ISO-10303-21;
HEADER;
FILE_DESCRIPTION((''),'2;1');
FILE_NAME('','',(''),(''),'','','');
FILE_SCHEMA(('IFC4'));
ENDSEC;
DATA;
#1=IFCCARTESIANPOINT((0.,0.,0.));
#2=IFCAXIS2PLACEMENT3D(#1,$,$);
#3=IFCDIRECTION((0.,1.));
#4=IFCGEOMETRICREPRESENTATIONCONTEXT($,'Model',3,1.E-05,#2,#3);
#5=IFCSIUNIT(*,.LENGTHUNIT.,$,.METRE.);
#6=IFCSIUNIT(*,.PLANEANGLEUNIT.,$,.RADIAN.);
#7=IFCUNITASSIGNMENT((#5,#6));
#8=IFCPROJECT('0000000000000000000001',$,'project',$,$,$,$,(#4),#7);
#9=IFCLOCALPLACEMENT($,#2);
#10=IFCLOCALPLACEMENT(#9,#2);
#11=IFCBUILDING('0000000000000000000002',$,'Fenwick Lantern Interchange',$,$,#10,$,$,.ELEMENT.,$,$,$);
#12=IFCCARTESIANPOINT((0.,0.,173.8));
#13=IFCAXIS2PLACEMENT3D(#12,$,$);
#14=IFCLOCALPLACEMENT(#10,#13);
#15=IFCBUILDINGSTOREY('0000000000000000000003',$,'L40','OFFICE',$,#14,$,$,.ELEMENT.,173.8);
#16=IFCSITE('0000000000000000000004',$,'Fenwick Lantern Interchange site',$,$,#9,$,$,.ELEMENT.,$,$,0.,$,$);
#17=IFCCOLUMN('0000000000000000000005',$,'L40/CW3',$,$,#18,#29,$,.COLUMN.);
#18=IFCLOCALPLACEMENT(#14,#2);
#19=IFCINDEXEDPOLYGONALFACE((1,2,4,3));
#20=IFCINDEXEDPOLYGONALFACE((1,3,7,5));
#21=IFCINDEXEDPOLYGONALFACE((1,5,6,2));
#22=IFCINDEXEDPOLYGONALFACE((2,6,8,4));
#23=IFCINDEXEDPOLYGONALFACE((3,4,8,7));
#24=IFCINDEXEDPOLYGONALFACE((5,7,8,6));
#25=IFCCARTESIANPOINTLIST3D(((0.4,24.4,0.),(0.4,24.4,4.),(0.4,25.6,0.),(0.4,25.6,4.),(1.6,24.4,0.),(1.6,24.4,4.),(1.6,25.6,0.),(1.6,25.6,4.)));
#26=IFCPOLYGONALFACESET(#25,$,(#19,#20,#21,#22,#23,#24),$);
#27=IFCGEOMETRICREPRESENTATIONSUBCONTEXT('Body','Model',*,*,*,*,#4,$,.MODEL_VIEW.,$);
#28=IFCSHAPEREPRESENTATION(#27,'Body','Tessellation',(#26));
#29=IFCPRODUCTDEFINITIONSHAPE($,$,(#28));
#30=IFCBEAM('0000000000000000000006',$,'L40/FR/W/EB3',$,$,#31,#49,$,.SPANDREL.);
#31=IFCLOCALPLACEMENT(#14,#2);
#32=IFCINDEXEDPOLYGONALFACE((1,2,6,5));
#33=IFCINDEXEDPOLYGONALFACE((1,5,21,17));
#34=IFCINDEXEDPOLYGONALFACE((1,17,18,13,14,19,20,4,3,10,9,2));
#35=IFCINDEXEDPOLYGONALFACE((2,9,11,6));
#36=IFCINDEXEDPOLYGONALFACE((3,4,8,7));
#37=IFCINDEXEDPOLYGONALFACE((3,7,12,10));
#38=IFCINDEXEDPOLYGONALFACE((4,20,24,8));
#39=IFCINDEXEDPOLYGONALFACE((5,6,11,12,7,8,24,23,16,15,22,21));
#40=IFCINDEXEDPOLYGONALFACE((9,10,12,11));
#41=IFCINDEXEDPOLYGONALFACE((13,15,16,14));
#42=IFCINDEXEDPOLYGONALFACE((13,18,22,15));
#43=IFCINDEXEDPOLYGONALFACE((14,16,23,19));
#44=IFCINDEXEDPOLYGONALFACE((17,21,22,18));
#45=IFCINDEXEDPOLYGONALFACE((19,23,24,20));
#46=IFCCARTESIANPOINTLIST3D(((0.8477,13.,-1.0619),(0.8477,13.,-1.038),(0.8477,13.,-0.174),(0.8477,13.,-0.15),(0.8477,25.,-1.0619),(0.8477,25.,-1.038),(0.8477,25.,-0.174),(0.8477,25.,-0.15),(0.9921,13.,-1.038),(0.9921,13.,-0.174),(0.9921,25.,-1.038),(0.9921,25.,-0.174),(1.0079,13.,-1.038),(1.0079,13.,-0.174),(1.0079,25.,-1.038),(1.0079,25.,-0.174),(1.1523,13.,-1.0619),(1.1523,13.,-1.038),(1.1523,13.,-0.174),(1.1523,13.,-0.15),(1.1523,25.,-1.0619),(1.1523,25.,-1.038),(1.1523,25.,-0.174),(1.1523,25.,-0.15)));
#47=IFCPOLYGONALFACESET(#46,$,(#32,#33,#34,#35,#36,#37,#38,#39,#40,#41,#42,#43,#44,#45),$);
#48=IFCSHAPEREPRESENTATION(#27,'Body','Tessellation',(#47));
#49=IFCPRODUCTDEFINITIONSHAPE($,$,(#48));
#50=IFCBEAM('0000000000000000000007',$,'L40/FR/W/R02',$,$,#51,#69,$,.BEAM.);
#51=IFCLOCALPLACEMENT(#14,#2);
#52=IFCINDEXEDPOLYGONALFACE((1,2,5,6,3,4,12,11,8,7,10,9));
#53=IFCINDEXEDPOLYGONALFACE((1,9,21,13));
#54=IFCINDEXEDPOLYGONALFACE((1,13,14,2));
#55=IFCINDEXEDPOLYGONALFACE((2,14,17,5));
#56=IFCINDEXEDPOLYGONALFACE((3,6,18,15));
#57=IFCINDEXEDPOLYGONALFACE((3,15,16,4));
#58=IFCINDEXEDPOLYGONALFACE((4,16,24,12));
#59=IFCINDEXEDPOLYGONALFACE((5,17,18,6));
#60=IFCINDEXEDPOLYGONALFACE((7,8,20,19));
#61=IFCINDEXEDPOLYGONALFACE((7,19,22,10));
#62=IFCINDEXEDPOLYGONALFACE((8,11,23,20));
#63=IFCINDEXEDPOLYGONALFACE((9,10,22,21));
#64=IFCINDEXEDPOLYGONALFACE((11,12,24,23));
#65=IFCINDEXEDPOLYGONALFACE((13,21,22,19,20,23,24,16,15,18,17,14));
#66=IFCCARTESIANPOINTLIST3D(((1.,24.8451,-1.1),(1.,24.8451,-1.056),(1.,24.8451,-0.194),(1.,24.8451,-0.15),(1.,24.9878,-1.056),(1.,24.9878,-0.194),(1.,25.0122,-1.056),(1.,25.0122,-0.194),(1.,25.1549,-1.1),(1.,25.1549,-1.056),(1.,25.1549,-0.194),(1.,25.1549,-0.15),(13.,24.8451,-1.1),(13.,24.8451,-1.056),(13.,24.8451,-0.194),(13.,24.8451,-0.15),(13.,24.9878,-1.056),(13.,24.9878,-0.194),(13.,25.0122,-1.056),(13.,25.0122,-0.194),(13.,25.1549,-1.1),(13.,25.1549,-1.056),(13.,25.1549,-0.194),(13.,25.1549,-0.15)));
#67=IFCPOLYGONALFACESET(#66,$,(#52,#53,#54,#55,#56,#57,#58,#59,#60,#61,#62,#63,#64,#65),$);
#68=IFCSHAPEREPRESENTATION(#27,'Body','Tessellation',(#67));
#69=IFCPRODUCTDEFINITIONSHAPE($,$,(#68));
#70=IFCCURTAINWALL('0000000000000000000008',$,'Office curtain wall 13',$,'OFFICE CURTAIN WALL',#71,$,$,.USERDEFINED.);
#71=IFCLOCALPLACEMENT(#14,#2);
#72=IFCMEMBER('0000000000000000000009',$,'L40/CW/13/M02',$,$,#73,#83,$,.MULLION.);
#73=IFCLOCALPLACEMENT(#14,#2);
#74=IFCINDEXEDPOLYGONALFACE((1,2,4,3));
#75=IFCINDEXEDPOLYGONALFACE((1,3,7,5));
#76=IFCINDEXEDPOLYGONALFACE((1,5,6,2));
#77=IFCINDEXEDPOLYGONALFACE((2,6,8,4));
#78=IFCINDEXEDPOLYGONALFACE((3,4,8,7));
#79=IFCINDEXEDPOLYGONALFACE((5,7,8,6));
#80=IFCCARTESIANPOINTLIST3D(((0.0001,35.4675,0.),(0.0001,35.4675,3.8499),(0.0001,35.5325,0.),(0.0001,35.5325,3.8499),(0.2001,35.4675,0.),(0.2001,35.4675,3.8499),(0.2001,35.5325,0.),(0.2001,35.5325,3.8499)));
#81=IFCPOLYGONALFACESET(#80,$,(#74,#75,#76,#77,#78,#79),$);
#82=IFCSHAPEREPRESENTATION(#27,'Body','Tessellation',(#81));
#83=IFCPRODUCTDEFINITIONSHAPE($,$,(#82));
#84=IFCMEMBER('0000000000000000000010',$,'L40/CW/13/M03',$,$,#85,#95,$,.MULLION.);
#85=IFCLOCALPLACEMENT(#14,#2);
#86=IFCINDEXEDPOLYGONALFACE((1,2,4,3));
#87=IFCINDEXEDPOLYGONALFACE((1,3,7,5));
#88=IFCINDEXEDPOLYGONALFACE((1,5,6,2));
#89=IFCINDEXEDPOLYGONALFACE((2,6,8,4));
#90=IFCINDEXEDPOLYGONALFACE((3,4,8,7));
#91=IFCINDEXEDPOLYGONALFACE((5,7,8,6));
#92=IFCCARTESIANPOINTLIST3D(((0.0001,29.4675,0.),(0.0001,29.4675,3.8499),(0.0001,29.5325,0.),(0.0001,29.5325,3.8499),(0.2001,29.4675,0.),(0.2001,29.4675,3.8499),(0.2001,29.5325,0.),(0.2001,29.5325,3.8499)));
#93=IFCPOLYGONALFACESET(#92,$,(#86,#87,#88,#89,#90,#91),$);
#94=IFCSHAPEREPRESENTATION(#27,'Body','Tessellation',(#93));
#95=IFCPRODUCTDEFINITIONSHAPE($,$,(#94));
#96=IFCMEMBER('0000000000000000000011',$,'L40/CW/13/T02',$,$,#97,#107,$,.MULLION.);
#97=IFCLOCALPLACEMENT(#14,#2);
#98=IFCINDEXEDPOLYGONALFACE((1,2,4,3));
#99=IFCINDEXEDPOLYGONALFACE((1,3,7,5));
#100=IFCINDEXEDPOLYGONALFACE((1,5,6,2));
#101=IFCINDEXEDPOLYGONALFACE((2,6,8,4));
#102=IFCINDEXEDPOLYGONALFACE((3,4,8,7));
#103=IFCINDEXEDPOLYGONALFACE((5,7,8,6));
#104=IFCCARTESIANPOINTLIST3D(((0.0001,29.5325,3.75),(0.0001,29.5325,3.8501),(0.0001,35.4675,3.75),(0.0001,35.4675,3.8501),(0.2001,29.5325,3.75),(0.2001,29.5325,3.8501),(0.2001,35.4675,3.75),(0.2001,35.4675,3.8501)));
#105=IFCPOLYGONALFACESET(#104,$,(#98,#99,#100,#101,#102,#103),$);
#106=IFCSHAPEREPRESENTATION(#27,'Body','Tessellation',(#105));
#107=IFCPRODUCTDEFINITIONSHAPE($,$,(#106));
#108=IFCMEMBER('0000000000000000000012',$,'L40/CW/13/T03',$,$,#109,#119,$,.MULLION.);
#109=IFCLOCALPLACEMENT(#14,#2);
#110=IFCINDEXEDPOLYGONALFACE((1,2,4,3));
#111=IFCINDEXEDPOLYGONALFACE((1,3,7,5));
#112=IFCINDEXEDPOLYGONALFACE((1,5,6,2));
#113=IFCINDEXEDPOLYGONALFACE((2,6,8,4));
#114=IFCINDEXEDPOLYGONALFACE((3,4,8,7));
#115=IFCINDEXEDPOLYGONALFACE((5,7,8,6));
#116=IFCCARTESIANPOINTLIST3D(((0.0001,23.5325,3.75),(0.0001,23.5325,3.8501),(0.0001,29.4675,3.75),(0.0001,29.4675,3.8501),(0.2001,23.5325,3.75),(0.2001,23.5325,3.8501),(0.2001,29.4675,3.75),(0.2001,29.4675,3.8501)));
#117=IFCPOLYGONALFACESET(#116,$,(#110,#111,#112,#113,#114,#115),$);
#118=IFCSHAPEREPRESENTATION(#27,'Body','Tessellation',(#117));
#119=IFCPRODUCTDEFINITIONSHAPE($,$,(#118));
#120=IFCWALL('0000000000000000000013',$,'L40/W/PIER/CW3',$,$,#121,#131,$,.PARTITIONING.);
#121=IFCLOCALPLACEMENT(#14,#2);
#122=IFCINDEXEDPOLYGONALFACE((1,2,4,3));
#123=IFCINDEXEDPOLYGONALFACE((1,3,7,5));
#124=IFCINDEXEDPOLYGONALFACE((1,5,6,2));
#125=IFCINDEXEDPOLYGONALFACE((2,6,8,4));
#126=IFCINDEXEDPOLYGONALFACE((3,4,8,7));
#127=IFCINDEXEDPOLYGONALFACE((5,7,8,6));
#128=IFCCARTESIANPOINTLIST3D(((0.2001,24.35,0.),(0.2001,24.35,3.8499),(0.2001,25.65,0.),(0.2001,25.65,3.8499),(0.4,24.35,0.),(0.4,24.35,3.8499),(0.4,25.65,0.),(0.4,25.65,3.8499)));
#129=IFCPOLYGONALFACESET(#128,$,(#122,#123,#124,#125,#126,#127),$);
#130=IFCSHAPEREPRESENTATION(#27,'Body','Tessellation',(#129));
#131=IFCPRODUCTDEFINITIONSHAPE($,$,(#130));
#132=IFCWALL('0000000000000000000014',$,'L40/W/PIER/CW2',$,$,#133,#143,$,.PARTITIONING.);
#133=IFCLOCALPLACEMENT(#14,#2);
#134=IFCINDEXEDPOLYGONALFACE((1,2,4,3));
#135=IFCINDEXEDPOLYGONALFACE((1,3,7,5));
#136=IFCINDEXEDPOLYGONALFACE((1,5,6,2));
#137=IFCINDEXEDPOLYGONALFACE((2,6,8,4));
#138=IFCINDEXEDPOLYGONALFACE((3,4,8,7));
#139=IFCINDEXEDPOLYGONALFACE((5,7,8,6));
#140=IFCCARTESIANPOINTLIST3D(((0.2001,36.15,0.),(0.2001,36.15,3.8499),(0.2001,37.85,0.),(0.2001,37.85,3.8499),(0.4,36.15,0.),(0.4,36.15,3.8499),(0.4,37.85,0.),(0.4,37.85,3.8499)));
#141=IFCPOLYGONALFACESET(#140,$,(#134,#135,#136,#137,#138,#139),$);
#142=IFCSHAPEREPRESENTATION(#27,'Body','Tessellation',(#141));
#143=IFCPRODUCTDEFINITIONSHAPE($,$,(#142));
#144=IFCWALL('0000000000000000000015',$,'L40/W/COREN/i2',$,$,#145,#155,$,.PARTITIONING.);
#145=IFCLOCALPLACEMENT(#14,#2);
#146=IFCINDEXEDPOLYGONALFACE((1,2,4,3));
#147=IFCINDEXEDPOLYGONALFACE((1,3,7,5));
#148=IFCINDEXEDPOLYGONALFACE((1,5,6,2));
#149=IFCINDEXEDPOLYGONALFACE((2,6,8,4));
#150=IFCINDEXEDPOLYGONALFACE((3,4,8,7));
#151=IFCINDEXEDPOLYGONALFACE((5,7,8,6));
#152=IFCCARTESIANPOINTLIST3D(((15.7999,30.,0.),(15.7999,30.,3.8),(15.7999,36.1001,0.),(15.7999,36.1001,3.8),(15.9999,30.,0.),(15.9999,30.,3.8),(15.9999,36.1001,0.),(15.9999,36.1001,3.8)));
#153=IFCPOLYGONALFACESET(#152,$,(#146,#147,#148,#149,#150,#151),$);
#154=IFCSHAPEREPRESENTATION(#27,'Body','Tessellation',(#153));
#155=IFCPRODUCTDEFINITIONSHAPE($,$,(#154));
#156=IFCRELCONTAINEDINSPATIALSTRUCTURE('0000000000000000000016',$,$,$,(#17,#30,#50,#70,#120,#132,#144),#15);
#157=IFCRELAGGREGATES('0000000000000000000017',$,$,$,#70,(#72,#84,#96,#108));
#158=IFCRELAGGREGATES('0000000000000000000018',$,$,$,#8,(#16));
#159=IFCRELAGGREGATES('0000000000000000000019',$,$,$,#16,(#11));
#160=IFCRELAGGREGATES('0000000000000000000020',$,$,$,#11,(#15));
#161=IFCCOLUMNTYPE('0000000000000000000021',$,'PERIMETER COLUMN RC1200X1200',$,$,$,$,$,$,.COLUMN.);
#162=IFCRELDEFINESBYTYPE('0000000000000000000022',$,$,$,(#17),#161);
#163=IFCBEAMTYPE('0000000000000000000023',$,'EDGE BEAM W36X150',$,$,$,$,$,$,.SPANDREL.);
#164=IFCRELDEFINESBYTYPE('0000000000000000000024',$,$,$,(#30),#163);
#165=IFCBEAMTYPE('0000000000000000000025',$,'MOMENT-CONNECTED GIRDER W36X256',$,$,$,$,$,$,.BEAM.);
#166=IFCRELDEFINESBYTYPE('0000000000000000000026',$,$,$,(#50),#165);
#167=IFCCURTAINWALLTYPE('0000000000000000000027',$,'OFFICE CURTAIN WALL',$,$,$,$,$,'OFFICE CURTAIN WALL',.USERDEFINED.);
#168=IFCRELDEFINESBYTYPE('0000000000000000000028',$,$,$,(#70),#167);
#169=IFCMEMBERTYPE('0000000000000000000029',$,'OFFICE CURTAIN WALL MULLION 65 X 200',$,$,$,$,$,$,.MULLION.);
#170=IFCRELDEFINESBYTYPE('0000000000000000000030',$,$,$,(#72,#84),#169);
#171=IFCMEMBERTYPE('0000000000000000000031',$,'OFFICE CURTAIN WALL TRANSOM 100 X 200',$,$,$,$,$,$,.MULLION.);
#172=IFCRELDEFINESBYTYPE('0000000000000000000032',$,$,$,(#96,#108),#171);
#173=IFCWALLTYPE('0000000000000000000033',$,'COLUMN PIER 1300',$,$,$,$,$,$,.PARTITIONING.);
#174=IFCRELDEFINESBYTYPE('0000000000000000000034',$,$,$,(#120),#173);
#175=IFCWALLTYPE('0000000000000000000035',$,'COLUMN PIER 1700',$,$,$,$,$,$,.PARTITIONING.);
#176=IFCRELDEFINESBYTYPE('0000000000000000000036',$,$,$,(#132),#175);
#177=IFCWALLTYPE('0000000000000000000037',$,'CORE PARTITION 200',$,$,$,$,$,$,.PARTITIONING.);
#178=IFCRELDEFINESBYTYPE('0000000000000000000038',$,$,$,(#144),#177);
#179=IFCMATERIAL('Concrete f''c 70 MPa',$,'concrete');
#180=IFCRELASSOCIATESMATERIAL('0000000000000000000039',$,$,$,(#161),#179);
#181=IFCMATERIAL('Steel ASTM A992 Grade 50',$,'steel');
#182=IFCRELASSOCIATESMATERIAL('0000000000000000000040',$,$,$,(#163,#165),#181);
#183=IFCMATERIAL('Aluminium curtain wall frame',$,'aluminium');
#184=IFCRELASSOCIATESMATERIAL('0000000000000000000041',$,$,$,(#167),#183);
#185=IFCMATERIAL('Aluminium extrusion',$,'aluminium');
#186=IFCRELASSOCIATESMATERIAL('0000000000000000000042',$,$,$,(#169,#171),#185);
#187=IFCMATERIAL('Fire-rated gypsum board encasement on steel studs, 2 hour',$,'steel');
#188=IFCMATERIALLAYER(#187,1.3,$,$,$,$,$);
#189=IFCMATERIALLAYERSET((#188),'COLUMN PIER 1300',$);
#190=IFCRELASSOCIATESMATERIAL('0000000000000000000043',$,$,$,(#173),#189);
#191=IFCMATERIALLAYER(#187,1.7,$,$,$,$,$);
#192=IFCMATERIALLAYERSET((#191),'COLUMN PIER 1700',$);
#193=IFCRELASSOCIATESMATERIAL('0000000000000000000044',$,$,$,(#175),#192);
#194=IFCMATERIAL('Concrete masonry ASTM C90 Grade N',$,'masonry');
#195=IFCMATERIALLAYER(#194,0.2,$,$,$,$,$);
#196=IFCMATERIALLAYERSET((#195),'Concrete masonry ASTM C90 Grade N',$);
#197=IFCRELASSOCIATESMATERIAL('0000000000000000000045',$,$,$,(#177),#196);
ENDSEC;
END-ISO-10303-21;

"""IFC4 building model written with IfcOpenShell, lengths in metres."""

from ifc_helpers import new_model, si_unit, direction, frame, frame_2d, origin, origin_2d, place, context, subcontext, project, spatial, rectangle, i_section, extrude, material, layer, layer_set, material_profile, profile_set, type_object, element, aggregate, save


model = new_model("IFC4")

# Units and contexts
model_context = context("Model", 3, precision=1e-05, world=origin(), true_north=direction((0.0, 1.0)))
body_context = subcontext(model_context, "Body", "Model", "MODEL_VIEW")
ifc_project = project(units=[si_unit("LENGTHUNIT", "METRE"), si_unit("PLANEANGLEUNIT", "RADIAN")], contexts=[model_context])

# Site, building, storey
site_placement = place(None, origin())
site = spatial("IfcSite", under=ifc_project, at=site_placement, Name="Fenwick Lantern Interchange site", CompositionType="ELEMENT", RefElevation=0.0)
building_placement = place(site_placement, origin())
building = spatial("IfcBuilding", under=site, at=building_placement, Name="Fenwick Lantern Interchange", CompositionType="ELEMENT")
storey_placement = place(building_placement, frame((0.0, 0.0, 173.8)))
storey = spatial("IfcBuildingStorey", under=building, at=storey_placement, Name="L40", Description="OFFICE", CompositionType="ELEMENT", Elevation=173.8)

# Column
ifc_material_1 = material(Name="Concrete f'c 70 MPa", Category="concrete")
ifc_material_profile_1 = material_profile(ifc_material_1, rectangle(XDim=1.2, YDim=1.2, at=origin_2d()), Name="RC1200X1200")
ifc_profile_set_1 = profile_set([ifc_material_profile_1], Name="Concrete f'c 70 MPa")
column_type = type_object("IfcColumnType", Name="PERIMETER COLUMN RC1200X1200", PredefinedType="COLUMN", material=ifc_profile_set_1)
column_placement = place(storey_placement, frame((1.0, 25.0, 0.0), z_axis=(0.0, 0.0, 1.0), x_axis=(1.0, 0.0, 0.0)))
element("IfcColumn", 1, at=column_placement, inside=storey, type_object=column_type, Name="L40/CW3", PredefinedType="COLUMN", context=body_context, shape_type="SweptSolid", body=[
    extrude(rectangle(XDim=1.2, YDim=1.2, at=origin_2d()), origin(), (0.0, 0.0, 1.0), 4.0),
])

# Beams
ifc_material_2 = material(Name="Steel ASTM A992 Grade 50", Category="steel")
ifc_material_profile_2 = material_profile(ifc_material_2, i_section(OverallWidth=0.3047, OverallDepth=0.9119, WebThickness=0.0159, FlangeThickness=0.0239, at=origin_2d()), Name="W36X150")
ifc_profile_set_2 = profile_set([ifc_material_profile_2], Name="Steel ASTM A992 Grade 50")
beam_type_1 = type_object("IfcBeamType", Name="EDGE BEAM W36X150", PredefinedType="SPANDREL", material=ifc_profile_set_2)
beam_1_placement = place(storey_placement, frame((1.0, 25.0, -0.606), z_axis=(0.0, -1.0, 0.0), x_axis=(1.0, 0.0, 0.0)))
element("IfcBeam", 2, at=beam_1_placement, inside=storey, type_object=beam_type_1, Name="L40/FR/W/EB3", PredefinedType="SPANDREL", context=body_context, shape_type="SweptSolid", body=[
    extrude(i_section(OverallWidth=0.3047, OverallDepth=0.9119, WebThickness=0.0159, FlangeThickness=0.0239, at=origin_2d()), origin(), (0.0, 0.0, 1.0), 12.0),
])
ifc_material_profile_3 = material_profile(ifc_material_2, i_section(OverallWidth=0.3098, OverallDepth=0.95, WebThickness=0.0244, FlangeThickness=0.0439, at=origin_2d()), Name="W36X256")
ifc_profile_set_3 = profile_set([ifc_material_profile_3], Name="Steel ASTM A992 Grade 50")
beam_type_2 = type_object("IfcBeamType", Name="MOMENT-CONNECTED GIRDER W36X256", PredefinedType="BEAM", material=ifc_profile_set_3)
beam_2_placement = place(storey_placement, frame((1.0, 25.0, -0.625), z_axis=(1.0, 0.0, 0.0), x_axis=(0.0, 1.0, 0.0)))
element("IfcBeam", 3, at=beam_2_placement, inside=storey, type_object=beam_type_2, Name="L40/FR/W/R02", PredefinedType="BEAM", context=body_context, shape_type="SweptSolid", body=[
    extrude(i_section(OverallWidth=0.3098, OverallDepth=0.95, WebThickness=0.0244, FlangeThickness=0.0439, at=origin_2d()), origin(), (0.0, 0.0, 1.0), 12.0),
])

# Curtain wall, members
ifc_material_3 = material(Name="Aluminium curtain wall frame", Category="aluminium")
curtain_wall_type = type_object("IfcCurtainWallType", Name="OFFICE CURTAIN WALL", ElementType="OFFICE CURTAIN WALL", PredefinedType="USERDEFINED", material=ifc_material_3)
curtain_wall_placement = place(storey_placement, origin())
curtain_wall = element("IfcCurtainWall", 4, at=curtain_wall_placement, inside=storey, type_object=curtain_wall_type, Name="Office curtain wall 13", ObjectType="OFFICE CURTAIN WALL", PredefinedType="USERDEFINED")
ifc_material_4 = material(Name="Aluminium extrusion", Category="aluminium")
ifc_material_profile_4 = material_profile(ifc_material_4, rectangle(XDim=0.2, YDim=0.0649, at=origin_2d()), Name="OFFICE CURTAIN WALL MULLION 65 X 200")
ifc_profile_set_4 = profile_set([ifc_material_profile_4], Name="Aluminium extrusion")
member_type_1 = type_object("IfcMemberType", Name="OFFICE CURTAIN WALL MULLION 65 X 200", PredefinedType="MULLION", material=ifc_profile_set_4)
member_1_placement = place(storey_placement, frame((0.1001, 35.5, 0.0), z_axis=(0.0, 0.0, 1.0), x_axis=(1.0, 0.0, 0.0)))
member_1 = element("IfcMember", 5, at=member_1_placement, type_object=member_type_1, Name="L40/CW/13/M02", PredefinedType="MULLION", context=body_context, shape_type="SweptSolid", body=[
    extrude(rectangle(XDim=0.2, YDim=0.0649, at=origin_2d()), origin(), (0.0, 0.0, 1.0), 3.8499),
])
member_2_placement = place(storey_placement, frame((0.1001, 29.5, 0.0), z_axis=(0.0, 0.0, 1.0), x_axis=(1.0, 0.0, 0.0)))
member_2 = element("IfcMember", 6, at=member_2_placement, type_object=member_type_1, Name="L40/CW/13/M03", PredefinedType="MULLION", context=body_context, shape_type="SweptSolid", body=[
    extrude(rectangle(XDim=0.2, YDim=0.0649, at=origin_2d()), origin(), (0.0, 0.0, 1.0), 3.8499),
])
ifc_material_profile_5 = material_profile(ifc_material_4, rectangle(XDim=0.2, YDim=0.1001, at=origin_2d()), Name="OFFICE CURTAIN WALL TRANSOM 100 X 200")
ifc_profile_set_5 = profile_set([ifc_material_profile_5], Name="Aluminium extrusion")
member_type_2 = type_object("IfcMemberType", Name="OFFICE CURTAIN WALL TRANSOM 100 X 200", PredefinedType="MULLION", material=ifc_profile_set_5)
member_3_placement = place(storey_placement, frame((0.1001, 35.4675, 3.8), z_axis=(0.0, -1.0, 0.0), x_axis=(1.0, 0.0, 0.0)))
member_3 = element("IfcMember", 7, at=member_3_placement, type_object=member_type_2, Name="L40/CW/13/T02", PredefinedType="MULLION", context=body_context, shape_type="SweptSolid", body=[
    extrude(rectangle(XDim=0.2, YDim=0.1001, at=origin_2d()), origin(), (0.0, 0.0, 1.0), 5.9351),
])
member_4_placement = place(storey_placement, frame((0.1001, 29.4675, 3.8), z_axis=(0.0, -1.0, 0.0), x_axis=(1.0, 0.0, 0.0)))
member_4 = element("IfcMember", 8, at=member_4_placement, type_object=member_type_2, Name="L40/CW/13/T03", PredefinedType="MULLION", context=body_context, shape_type="SweptSolid", body=[
    extrude(rectangle(XDim=0.2, YDim=0.1001, at=origin_2d()), origin(), (0.0, 0.0, 1.0), 5.9351),
])
aggregate(curtain_wall, [member_1, member_2, member_3, member_4])

# Walls
ifc_material_5 = material(Name="Fire-rated gypsum board encasement on steel studs, 2 hour", Category="steel")
ifc_layer_1 = layer(ifc_material_5, 1.3)
ifc_layer_set_1 = layer_set([ifc_layer_1], Name="COLUMN PIER 1300")
wall_type_1 = type_object("IfcWallType", Name="COLUMN PIER 1300", PredefinedType="PARTITIONING", material=ifc_layer_set_1)
wall_1_placement = place(storey_placement, frame((0.2, 25.0, 0.0), z_axis=(0.0, 0.0, 1.0), x_axis=(1.0, 0.0, 0.0)))
element("IfcWall", 9, at=wall_1_placement, inside=storey, type_object=wall_type_1, Name="L40/W/PIER/CW3", PredefinedType="PARTITIONING", context=body_context, shape_type="SweptSolid", body=[
    extrude(rectangle(XDim=0.2, YDim=1.3, at=frame_2d((0.1001, 0.0))), origin(), (0.0, 0.0, 1.0), 3.8499),
])
ifc_layer_2 = layer(ifc_material_5, 1.7)
ifc_layer_set_2 = layer_set([ifc_layer_2], Name="COLUMN PIER 1700")
wall_type_2 = type_object("IfcWallType", Name="COLUMN PIER 1700", PredefinedType="PARTITIONING", material=ifc_layer_set_2)
wall_2_placement = place(storey_placement, frame((0.2, 37.0, 0.0), z_axis=(0.0, 0.0, 1.0), x_axis=(1.0, 0.0, 0.0)))
element("IfcWall", 10, at=wall_2_placement, inside=storey, type_object=wall_type_2, Name="L40/W/PIER/CW2", PredefinedType="PARTITIONING", context=body_context, shape_type="SweptSolid", body=[
    extrude(rectangle(XDim=0.2, YDim=1.7, at=frame_2d((0.1001, 0.0))), origin(), (0.0, 0.0, 1.0), 3.8499),
])
ifc_material_6 = material(Name="Concrete masonry ASTM C90 Grade N", Category="masonry")
ifc_layer_3 = layer(ifc_material_6, 0.2)
ifc_layer_set_3 = layer_set([ifc_layer_3], Name="Concrete masonry ASTM C90 Grade N")
wall_type_3 = type_object("IfcWallType", Name="CORE PARTITION 200", PredefinedType="PARTITIONING", material=ifc_layer_set_3)
wall_3_placement = place(storey_placement, frame((15.8999, 36.1001, 0.0), z_axis=(0.0, 0.0, 1.0), x_axis=(0.0, -1.0, 0.0)))
element("IfcWall", 11, at=wall_3_placement, inside=storey, type_object=wall_type_3, Name="L40/W/COREN/i2", PredefinedType="PARTITIONING", context=body_context, shape_type="SweptSolid", body=[
    extrude(rectangle(XDim=6.1001, YDim=0.2, at=frame_2d((3.05, 0.0))), origin(), (0.0, 0.0, 1.0), 3.8),
])

save(model, "model.ifc")
